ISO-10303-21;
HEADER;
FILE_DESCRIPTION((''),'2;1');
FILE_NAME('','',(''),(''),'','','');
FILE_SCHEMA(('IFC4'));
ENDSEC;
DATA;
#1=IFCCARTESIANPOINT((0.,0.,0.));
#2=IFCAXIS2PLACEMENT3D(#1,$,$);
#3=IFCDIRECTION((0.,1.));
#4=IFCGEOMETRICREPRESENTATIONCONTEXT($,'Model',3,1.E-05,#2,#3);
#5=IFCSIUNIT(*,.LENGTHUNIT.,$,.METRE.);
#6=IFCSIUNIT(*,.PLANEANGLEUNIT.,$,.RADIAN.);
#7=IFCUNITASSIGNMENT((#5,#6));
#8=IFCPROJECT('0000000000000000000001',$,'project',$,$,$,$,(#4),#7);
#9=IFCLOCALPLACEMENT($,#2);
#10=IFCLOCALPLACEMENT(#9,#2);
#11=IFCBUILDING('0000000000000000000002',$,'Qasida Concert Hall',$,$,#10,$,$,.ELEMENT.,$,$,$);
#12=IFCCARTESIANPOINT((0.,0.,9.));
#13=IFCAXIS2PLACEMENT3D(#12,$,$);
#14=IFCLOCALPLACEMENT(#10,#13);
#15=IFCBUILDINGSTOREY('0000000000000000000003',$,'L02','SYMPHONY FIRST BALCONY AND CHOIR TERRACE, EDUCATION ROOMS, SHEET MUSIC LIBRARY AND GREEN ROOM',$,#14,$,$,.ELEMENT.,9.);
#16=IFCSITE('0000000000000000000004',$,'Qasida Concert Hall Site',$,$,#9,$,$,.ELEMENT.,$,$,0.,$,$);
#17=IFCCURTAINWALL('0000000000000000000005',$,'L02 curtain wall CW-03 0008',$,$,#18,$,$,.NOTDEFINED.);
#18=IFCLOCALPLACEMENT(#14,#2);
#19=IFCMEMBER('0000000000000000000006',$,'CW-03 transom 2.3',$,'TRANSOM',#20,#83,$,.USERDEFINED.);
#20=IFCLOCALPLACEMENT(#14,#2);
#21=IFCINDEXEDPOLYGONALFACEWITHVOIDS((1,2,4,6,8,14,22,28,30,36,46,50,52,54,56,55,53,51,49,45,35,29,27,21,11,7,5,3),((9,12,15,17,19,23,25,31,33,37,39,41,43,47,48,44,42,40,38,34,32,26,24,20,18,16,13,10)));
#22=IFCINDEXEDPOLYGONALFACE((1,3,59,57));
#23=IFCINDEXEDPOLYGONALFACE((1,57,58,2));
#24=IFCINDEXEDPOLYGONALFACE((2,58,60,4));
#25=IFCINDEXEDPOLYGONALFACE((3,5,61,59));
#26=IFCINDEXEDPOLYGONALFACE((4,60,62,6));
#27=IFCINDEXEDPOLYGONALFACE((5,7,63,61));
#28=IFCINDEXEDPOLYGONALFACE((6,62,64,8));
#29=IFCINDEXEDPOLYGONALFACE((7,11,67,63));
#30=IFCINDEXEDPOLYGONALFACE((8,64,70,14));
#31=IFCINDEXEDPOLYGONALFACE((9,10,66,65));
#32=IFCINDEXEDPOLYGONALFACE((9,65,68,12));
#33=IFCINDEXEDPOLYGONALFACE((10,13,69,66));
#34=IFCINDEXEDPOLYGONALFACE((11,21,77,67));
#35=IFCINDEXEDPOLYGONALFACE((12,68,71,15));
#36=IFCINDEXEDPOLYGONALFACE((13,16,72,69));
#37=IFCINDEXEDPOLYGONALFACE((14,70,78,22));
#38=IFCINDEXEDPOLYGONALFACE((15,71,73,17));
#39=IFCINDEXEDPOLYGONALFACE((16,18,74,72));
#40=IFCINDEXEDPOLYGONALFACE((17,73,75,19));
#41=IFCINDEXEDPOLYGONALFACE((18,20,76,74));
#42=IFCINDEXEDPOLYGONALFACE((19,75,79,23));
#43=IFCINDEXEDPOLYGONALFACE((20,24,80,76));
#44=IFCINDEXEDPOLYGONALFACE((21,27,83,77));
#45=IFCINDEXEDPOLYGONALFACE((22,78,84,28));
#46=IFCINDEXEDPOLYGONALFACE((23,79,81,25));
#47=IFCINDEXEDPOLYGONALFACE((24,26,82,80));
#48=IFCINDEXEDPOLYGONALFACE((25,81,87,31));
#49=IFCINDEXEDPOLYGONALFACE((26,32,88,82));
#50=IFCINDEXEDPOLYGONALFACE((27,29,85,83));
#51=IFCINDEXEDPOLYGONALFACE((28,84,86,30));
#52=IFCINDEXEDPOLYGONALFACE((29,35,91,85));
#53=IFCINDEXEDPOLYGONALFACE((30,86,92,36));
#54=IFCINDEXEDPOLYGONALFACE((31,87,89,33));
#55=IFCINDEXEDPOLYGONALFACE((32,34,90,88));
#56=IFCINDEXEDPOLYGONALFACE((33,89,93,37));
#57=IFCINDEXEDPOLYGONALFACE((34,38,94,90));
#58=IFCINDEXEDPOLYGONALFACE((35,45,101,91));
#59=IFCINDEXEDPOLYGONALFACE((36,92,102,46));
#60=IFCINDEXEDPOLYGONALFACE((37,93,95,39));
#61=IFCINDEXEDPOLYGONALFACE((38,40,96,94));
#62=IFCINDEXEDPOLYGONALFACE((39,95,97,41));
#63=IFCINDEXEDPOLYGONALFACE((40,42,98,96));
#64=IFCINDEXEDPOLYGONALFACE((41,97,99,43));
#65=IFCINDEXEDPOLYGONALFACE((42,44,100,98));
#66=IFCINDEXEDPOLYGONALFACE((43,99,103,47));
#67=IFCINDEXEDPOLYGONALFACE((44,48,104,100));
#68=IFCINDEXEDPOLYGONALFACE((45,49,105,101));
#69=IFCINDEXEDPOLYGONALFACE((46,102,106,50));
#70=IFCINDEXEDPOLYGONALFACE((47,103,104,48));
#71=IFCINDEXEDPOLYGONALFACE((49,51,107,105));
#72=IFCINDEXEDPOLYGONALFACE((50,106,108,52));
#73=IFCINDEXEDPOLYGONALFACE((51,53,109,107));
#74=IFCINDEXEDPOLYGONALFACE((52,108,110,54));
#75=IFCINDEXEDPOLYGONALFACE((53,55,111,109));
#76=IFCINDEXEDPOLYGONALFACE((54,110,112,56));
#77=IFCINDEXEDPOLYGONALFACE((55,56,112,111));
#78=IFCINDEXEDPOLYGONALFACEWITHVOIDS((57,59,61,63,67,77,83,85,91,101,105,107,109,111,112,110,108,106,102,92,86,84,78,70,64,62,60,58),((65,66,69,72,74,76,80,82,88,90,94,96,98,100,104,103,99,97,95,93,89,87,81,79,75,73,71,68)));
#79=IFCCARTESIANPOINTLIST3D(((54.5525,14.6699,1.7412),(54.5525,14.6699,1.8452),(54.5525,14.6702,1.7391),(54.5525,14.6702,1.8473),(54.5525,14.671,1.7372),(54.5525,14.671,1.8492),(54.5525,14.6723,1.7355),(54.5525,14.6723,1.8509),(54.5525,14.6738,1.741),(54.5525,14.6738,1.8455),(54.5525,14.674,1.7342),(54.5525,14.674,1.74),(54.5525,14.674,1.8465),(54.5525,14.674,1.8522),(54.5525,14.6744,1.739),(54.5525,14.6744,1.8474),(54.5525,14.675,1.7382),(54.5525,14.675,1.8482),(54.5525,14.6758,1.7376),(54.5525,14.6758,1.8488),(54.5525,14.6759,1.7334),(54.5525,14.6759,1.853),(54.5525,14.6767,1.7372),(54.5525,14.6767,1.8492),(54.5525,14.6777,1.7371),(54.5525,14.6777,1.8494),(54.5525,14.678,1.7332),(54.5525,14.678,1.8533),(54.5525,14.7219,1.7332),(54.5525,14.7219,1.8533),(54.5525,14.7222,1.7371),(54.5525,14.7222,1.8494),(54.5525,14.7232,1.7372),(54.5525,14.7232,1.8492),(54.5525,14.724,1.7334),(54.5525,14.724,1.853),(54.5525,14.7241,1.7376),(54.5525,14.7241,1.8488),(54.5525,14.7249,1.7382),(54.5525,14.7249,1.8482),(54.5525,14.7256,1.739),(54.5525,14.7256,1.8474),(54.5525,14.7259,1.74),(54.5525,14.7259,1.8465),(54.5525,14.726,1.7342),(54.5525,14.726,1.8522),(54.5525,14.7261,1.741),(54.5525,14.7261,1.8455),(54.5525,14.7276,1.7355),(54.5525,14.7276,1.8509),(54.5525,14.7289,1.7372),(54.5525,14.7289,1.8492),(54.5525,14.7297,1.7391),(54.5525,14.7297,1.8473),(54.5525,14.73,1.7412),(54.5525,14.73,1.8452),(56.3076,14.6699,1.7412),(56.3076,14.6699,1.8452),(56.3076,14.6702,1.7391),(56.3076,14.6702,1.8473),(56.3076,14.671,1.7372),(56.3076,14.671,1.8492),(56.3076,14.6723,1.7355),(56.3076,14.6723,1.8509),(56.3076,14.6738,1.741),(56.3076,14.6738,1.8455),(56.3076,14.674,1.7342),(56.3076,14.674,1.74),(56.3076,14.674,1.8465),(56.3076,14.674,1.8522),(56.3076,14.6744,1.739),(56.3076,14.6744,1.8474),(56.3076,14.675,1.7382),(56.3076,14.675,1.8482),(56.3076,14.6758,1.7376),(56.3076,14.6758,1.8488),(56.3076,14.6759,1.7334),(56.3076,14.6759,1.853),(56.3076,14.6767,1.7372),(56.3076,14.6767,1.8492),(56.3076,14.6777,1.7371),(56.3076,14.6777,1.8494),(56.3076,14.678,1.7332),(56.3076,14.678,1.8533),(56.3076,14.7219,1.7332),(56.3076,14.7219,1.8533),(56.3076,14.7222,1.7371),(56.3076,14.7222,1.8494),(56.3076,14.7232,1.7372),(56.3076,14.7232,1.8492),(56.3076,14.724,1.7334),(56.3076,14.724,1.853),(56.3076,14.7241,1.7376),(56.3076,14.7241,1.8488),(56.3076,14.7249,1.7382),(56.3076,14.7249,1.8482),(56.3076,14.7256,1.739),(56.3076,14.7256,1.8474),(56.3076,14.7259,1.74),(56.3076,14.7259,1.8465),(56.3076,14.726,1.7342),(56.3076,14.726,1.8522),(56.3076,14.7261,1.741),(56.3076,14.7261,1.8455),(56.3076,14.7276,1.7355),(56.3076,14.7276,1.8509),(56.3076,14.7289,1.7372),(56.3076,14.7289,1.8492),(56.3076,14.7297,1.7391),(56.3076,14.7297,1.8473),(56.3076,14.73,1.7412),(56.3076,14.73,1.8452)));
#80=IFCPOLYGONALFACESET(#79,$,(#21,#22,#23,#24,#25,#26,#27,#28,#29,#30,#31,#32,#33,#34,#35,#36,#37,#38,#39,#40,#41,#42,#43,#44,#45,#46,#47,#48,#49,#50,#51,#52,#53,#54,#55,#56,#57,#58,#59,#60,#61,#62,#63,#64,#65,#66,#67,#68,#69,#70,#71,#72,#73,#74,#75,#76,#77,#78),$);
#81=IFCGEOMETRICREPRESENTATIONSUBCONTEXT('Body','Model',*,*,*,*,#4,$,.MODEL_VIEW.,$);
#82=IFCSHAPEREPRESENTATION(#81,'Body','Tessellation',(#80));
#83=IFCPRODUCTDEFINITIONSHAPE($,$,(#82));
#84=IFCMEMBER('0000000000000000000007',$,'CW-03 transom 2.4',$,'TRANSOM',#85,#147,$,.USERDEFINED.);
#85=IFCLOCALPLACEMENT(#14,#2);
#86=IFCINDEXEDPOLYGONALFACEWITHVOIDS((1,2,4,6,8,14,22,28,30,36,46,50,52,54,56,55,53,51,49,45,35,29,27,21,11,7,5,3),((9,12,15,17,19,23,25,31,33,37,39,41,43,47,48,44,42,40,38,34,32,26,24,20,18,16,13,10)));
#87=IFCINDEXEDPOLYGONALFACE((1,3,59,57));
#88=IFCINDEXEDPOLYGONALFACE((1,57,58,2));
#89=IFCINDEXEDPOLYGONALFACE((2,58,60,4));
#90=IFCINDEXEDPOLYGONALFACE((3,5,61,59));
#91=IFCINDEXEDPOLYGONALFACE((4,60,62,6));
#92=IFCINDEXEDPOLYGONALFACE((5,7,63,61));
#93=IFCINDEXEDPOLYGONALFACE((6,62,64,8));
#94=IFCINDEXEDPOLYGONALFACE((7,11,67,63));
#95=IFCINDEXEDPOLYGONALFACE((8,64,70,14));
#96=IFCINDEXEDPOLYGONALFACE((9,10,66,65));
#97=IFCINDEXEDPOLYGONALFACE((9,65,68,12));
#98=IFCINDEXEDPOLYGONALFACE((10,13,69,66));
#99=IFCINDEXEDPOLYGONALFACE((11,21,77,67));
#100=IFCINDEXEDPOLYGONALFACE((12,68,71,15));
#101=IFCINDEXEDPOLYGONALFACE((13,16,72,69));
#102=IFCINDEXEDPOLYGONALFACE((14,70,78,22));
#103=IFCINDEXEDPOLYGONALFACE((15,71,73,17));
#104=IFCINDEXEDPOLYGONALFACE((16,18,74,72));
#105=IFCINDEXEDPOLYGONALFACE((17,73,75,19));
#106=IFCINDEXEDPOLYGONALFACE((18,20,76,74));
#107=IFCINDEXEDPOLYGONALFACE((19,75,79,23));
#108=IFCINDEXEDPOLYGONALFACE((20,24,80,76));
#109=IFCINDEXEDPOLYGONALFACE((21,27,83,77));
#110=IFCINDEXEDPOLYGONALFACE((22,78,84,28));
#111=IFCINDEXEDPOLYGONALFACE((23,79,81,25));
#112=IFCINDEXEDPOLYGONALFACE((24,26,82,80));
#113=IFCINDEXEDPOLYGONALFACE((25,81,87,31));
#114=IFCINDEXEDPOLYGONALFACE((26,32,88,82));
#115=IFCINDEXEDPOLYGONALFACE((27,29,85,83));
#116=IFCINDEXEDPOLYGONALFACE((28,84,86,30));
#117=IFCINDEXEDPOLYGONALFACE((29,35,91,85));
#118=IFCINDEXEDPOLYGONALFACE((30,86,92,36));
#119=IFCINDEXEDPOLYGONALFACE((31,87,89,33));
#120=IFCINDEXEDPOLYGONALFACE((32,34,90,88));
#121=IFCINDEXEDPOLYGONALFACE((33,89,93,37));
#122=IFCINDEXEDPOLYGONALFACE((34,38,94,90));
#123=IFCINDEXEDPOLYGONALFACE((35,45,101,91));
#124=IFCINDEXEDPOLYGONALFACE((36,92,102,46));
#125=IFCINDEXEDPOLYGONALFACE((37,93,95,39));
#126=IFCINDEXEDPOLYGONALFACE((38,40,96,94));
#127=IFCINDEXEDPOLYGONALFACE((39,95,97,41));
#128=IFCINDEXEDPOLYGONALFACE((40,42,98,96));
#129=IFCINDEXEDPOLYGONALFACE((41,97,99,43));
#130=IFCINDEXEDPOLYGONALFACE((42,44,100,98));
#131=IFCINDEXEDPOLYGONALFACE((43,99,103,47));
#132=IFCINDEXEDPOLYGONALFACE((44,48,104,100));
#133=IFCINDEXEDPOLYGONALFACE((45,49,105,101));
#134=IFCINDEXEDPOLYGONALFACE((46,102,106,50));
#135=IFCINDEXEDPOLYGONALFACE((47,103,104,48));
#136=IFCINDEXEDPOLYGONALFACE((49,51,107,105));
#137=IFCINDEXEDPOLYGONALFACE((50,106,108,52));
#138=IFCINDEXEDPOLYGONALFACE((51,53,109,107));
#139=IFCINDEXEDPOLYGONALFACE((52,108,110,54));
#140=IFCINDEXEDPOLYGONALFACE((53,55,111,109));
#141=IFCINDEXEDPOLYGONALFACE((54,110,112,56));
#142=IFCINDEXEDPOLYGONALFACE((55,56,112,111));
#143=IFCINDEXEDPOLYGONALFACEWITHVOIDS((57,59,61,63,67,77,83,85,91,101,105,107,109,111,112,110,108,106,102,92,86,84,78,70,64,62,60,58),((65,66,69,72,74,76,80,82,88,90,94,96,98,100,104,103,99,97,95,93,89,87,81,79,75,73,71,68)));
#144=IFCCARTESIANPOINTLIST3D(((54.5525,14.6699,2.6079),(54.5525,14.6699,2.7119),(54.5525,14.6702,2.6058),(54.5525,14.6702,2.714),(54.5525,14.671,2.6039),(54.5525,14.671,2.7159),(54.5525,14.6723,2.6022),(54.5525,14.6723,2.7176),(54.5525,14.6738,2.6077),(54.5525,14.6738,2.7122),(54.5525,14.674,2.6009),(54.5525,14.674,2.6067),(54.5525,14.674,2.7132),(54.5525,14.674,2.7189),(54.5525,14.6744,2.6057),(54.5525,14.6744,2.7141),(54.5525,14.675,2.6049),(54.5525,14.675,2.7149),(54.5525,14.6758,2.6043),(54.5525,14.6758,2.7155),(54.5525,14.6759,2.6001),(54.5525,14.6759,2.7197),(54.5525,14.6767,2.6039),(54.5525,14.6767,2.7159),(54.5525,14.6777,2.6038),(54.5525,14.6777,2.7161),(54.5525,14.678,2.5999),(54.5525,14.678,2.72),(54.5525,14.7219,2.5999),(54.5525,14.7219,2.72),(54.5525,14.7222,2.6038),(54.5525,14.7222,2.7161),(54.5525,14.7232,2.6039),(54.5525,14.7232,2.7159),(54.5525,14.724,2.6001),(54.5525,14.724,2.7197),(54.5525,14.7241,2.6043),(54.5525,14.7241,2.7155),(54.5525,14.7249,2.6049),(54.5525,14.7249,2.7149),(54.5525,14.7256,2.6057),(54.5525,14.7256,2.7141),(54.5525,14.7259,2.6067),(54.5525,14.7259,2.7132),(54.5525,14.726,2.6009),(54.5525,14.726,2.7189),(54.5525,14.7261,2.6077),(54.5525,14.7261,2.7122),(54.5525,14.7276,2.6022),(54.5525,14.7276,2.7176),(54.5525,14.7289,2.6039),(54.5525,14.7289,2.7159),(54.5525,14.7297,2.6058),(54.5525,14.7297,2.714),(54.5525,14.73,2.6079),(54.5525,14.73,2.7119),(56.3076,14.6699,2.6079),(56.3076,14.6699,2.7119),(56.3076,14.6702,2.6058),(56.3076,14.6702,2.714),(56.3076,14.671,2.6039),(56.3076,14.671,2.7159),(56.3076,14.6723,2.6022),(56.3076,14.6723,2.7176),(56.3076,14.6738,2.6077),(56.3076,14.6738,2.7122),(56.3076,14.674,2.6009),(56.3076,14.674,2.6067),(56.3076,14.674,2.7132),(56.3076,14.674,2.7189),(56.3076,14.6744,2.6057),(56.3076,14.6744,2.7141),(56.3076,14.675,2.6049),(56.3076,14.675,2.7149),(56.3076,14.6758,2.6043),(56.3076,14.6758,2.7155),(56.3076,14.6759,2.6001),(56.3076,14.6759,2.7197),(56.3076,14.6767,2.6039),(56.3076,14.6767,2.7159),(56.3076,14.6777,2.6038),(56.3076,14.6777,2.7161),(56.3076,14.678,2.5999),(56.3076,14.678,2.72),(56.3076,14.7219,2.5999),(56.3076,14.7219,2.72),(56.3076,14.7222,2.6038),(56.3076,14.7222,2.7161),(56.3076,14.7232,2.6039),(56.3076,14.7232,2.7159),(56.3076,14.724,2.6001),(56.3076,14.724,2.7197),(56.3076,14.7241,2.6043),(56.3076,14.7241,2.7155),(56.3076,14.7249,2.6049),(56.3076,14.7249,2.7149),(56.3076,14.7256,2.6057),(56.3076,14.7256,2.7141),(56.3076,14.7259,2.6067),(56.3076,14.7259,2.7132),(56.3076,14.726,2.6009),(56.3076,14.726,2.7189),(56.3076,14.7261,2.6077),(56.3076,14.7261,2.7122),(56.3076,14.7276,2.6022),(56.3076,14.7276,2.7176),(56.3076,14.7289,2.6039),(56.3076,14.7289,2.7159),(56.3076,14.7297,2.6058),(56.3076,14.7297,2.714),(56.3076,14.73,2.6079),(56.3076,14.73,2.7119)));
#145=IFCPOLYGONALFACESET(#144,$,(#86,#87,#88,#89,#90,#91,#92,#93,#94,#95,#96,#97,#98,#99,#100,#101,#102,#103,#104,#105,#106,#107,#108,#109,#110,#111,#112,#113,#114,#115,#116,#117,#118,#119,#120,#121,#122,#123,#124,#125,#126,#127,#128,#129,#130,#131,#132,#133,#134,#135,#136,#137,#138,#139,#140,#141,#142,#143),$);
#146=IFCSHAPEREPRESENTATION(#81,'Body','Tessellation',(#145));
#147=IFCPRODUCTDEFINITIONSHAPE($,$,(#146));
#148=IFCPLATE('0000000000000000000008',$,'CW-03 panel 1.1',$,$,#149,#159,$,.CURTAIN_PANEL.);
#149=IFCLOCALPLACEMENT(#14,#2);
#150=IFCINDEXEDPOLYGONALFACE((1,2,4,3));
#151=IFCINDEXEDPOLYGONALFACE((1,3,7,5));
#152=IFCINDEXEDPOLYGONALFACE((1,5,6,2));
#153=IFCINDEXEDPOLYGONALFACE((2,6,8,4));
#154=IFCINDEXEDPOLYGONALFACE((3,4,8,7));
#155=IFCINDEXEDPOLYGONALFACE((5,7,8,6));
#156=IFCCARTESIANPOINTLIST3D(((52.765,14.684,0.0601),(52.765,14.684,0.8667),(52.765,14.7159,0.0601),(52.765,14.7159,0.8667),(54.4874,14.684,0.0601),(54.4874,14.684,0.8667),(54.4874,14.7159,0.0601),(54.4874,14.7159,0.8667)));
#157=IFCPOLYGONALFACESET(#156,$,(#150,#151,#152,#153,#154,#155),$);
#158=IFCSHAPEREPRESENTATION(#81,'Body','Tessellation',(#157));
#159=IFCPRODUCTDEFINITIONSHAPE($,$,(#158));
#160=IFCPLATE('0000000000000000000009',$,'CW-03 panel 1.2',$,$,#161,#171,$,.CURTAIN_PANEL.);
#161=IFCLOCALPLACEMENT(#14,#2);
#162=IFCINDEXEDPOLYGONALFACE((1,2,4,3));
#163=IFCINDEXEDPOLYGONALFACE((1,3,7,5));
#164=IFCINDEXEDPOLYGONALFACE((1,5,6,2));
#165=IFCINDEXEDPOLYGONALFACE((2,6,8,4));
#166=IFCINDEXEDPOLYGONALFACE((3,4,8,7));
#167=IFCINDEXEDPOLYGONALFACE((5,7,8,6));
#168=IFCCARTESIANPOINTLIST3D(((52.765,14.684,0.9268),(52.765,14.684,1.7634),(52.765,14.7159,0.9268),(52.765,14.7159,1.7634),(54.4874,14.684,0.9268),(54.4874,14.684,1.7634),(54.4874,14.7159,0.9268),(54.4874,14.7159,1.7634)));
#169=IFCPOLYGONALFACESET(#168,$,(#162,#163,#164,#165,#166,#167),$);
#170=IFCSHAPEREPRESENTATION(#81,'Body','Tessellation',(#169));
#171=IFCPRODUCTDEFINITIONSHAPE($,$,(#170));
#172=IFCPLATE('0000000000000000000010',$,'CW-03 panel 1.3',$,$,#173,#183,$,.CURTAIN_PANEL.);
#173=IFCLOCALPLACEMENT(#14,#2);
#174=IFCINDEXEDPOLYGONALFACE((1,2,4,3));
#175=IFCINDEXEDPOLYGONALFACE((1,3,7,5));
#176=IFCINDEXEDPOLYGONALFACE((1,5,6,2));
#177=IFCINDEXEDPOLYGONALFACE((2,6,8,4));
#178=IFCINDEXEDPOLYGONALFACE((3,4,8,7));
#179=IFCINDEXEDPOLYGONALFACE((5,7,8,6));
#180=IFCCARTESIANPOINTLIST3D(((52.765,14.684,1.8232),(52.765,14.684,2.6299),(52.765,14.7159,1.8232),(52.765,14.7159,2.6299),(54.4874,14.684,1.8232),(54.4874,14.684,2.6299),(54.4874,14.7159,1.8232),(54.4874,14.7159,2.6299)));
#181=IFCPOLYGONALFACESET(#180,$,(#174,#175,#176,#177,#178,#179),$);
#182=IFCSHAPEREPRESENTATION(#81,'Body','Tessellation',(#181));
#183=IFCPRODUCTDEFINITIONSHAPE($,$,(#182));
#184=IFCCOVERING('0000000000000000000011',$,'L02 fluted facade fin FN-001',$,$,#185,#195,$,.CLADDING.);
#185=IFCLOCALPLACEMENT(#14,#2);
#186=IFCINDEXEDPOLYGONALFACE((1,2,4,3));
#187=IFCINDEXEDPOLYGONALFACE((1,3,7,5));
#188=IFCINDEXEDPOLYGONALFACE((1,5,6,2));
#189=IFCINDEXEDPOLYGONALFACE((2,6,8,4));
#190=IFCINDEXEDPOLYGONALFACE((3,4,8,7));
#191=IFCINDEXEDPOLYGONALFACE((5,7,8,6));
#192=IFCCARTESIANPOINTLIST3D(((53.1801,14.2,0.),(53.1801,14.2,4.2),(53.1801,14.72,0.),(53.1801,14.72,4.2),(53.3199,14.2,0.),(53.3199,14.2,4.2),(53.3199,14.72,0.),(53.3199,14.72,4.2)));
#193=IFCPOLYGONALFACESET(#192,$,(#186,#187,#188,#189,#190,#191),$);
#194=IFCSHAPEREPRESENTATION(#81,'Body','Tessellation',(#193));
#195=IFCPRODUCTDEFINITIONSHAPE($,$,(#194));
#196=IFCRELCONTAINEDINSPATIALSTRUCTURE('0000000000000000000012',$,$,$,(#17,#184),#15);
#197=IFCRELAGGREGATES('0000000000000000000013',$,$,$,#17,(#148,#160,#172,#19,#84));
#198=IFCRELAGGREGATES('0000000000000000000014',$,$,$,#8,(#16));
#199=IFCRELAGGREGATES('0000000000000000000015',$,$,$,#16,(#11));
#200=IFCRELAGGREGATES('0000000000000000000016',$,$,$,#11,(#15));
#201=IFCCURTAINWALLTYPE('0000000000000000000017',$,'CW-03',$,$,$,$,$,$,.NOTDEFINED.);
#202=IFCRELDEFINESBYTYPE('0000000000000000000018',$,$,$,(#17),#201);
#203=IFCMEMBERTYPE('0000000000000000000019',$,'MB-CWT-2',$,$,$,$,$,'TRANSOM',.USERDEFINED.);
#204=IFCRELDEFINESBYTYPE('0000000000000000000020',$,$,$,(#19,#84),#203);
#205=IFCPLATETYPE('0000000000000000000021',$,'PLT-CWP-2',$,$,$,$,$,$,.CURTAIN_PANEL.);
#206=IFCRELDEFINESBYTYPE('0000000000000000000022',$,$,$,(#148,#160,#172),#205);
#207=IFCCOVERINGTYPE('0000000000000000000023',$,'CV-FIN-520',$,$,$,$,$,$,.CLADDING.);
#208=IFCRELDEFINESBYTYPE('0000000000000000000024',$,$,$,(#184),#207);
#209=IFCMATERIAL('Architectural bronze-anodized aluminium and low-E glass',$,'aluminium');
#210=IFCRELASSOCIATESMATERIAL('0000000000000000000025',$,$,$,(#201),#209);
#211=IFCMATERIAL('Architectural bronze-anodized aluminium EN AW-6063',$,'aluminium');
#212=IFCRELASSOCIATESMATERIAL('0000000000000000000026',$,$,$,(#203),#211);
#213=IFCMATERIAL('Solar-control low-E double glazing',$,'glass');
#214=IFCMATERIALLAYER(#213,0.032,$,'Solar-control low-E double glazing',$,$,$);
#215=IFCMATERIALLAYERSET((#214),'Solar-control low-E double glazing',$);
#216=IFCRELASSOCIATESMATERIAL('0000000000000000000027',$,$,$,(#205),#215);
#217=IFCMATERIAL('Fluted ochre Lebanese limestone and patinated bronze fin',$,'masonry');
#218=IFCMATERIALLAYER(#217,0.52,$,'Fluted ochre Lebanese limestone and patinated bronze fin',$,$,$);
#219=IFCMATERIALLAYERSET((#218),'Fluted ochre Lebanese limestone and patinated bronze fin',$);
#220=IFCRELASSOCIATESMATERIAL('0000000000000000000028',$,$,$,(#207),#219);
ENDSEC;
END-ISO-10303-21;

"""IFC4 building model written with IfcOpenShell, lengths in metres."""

from ifc_helpers import new_model, si_unit, direction, frame, origin, origin_2d, place, context, subcontext, project, spatial, rectangle, hollow_rectangle, extrude, material, layer, layer_set, material_profile, profile_set, type_object, element, aggregate, save


model = new_model("IFC4")

# Units and contexts
model_context = context("Model", 3, precision=1e-05, world=origin(), true_north=direction((0.0, 1.0)))
body_context = subcontext(model_context, "Body", "Model", "MODEL_VIEW")
ifc_project = project(units=[si_unit("LENGTHUNIT", "METRE"), si_unit("PLANEANGLEUNIT", "RADIAN")], contexts=[model_context])

# Site, building, storey
site_placement = place(None, origin())
site = spatial("IfcSite", under=ifc_project, at=site_placement, Name="Qasida Concert Hall Site", CompositionType="ELEMENT", RefElevation=0.0)
building_placement = place(site_placement, origin())
building = spatial("IfcBuilding", under=site, at=building_placement, Name="Qasida Concert Hall", CompositionType="ELEMENT")
storey_placement = place(building_placement, frame((0.0, 0.0, 9.0)))
storey = spatial("IfcBuildingStorey", under=building, at=storey_placement, Name="L02", Description="SYMPHONY FIRST BALCONY AND CHOIR TERRACE, EDUCATION ROOMS, SHEET MUSIC LIBRARY AND GREEN ROOM", CompositionType="ELEMENT", Elevation=9.0)

# Curtain wall, members, plates
ifc_material_1 = material(Name="Architectural bronze-anodized aluminium and low-E glass", Category="aluminium")
curtain_wall_type = type_object("IfcCurtainWallType", Name="CW-03", PredefinedType="NOTDEFINED", material=ifc_material_1)
curtain_wall_placement = place(storey_placement, origin())
curtain_wall = element("IfcCurtainWall", 1, at=curtain_wall_placement, inside=storey, type_object=curtain_wall_type, Name="L02 curtain wall CW-03 0008", PredefinedType="NOTDEFINED")
ifc_material_2 = material(Name="Architectural bronze-anodized aluminium EN AW-6063", Category="aluminium")
ifc_material_profile_1 = material_profile(ifc_material_2, hollow_rectangle(XDim=0.0601, YDim=0.1201, WallThickness=0.0039, InnerFilletRadius=0.0039, OuterFilletRadius=0.0081, at=origin_2d()), Name="CWT 120x60x4")
ifc_profile_set_1 = profile_set([ifc_material_profile_1], Name="Architectural bronze-anodized aluminium EN AW-6063")
member_type_1 = type_object("IfcMemberType", Name="MB-CWT-2", ElementType="TRANSOM", PredefinedType="USERDEFINED", material=ifc_profile_set_1)
member_1_placement = place(storey_placement, frame((54.5525, 14.7, 1.7932), z_axis=(1.0, 0.0, 0.0), x_axis=(0.0, 1.0, 0.0)))
member_1 = element("IfcMember", 2, at=member_1_placement, type_object=member_type_1, Name="CW-03 transom 2.3", ObjectType="TRANSOM", PredefinedType="USERDEFINED", context=body_context, shape_type="SweptSolid", body=[
    extrude(hollow_rectangle(XDim=0.0601, YDim=0.1201, WallThickness=0.0039, InnerFilletRadius=0.0039, OuterFilletRadius=0.0081, at=origin_2d()), origin(), (0.0, 0.0, 1.0), 1.7551),
])
member_2_placement = place(storey_placement, frame((54.5525, 14.7, 2.6599), z_axis=(1.0, 0.0, 0.0), x_axis=(0.0, 1.0, 0.0)))
member_2 = element("IfcMember", 3, at=member_2_placement, type_object=member_type_1, Name="CW-03 transom 2.4", ObjectType="TRANSOM", PredefinedType="USERDEFINED", context=body_context, shape_type="SweptSolid", body=[
    extrude(hollow_rectangle(XDim=0.0601, YDim=0.1201, WallThickness=0.0039, InnerFilletRadius=0.0039, OuterFilletRadius=0.0081, at=origin_2d()), origin(), (0.0, 0.0, 1.0), 1.7551),
])
ifc_material_3 = material(Name="Solar-control low-E double glazing", Category="glass")
ifc_layer_1 = layer(ifc_material_3, 0.032, Name="Solar-control low-E double glazing")
ifc_layer_set_1 = layer_set([ifc_layer_1], Name="Solar-control low-E double glazing")
plate_type = type_object("IfcPlateType", Name="PLT-CWP-2", PredefinedType="CURTAIN_PANEL", material=ifc_layer_set_1)
plate_1_placement = place(storey_placement, frame((53.6262, 14.7, 0.0601), z_axis=(0.0, 0.0, 1.0), x_axis=(1.0, 0.0, 0.0)))
plate_1 = element("IfcPlate", 4, at=plate_1_placement, type_object=plate_type, Name="CW-03 panel 1.1", PredefinedType="CURTAIN_PANEL", context=body_context, shape_type="SweptSolid", body=[
    extrude(rectangle(XDim=1.7224, YDim=0.032, at=origin_2d()), origin(), (0.0, 0.0, 1.0), 0.8066),
])
plate_2_placement = place(storey_placement, frame((53.6262, 14.7, 0.9268), z_axis=(0.0, 0.0, 1.0), x_axis=(1.0, 0.0, 0.0)))
plate_2 = element("IfcPlate", 5, at=plate_2_placement, type_object=plate_type, Name="CW-03 panel 1.2", PredefinedType="CURTAIN_PANEL", context=body_context, shape_type="SweptSolid", body=[
    extrude(rectangle(XDim=1.7224, YDim=0.032, at=origin_2d()), origin(), (0.0, 0.0, 1.0), 0.8367),
])
plate_3_placement = place(storey_placement, frame((53.6262, 14.7, 1.8232), z_axis=(0.0, 0.0, 1.0), x_axis=(1.0, 0.0, 0.0)))
plate_3 = element("IfcPlate", 6, at=plate_3_placement, type_object=plate_type, Name="CW-03 panel 1.3", PredefinedType="CURTAIN_PANEL", context=body_context, shape_type="SweptSolid", body=[
    extrude(rectangle(XDim=1.7224, YDim=0.032, at=origin_2d()), origin(), (0.0, 0.0, 1.0), 0.8066),
])
aggregate(curtain_wall, [plate_1, plate_2, plate_3, member_1, member_2])

# Covering
ifc_material_4 = material(Name="Fluted ochre Lebanese limestone and patinated bronze fin", Category="masonry")
ifc_layer_2 = layer(ifc_material_4, 0.52, Name="Fluted ochre Lebanese limestone and patinated bronze fin")
ifc_layer_set_2 = layer_set([ifc_layer_2], Name="Fluted ochre Lebanese limestone and patinated bronze fin")
covering_type = type_object("IfcCoveringType", Name="CV-FIN-520", PredefinedType="CLADDING", material=ifc_layer_set_2)
for number, where, z_axis, x_axis, name in (
    (7, (53.25, 14.46, 0.0), (0.0, 0.0, 1.0), (1.0, 0.0, 0.0), "L02 fluted facade fin FN-001"),
):
    element("IfcCovering", number, at=place(storey_placement, frame(where, z_axis=z_axis, x_axis=x_axis)), inside=storey, type_object=covering_type, Name=name, PredefinedType="CLADDING", context=body_context, shape_type="SweptSolid", body=[
        extrude(rectangle(XDim=0.1399, YDim=0.52, at=origin_2d()), origin(), (0.0, 0.0, 1.0), 4.2),
    ])

save(model, "model.ifc")
